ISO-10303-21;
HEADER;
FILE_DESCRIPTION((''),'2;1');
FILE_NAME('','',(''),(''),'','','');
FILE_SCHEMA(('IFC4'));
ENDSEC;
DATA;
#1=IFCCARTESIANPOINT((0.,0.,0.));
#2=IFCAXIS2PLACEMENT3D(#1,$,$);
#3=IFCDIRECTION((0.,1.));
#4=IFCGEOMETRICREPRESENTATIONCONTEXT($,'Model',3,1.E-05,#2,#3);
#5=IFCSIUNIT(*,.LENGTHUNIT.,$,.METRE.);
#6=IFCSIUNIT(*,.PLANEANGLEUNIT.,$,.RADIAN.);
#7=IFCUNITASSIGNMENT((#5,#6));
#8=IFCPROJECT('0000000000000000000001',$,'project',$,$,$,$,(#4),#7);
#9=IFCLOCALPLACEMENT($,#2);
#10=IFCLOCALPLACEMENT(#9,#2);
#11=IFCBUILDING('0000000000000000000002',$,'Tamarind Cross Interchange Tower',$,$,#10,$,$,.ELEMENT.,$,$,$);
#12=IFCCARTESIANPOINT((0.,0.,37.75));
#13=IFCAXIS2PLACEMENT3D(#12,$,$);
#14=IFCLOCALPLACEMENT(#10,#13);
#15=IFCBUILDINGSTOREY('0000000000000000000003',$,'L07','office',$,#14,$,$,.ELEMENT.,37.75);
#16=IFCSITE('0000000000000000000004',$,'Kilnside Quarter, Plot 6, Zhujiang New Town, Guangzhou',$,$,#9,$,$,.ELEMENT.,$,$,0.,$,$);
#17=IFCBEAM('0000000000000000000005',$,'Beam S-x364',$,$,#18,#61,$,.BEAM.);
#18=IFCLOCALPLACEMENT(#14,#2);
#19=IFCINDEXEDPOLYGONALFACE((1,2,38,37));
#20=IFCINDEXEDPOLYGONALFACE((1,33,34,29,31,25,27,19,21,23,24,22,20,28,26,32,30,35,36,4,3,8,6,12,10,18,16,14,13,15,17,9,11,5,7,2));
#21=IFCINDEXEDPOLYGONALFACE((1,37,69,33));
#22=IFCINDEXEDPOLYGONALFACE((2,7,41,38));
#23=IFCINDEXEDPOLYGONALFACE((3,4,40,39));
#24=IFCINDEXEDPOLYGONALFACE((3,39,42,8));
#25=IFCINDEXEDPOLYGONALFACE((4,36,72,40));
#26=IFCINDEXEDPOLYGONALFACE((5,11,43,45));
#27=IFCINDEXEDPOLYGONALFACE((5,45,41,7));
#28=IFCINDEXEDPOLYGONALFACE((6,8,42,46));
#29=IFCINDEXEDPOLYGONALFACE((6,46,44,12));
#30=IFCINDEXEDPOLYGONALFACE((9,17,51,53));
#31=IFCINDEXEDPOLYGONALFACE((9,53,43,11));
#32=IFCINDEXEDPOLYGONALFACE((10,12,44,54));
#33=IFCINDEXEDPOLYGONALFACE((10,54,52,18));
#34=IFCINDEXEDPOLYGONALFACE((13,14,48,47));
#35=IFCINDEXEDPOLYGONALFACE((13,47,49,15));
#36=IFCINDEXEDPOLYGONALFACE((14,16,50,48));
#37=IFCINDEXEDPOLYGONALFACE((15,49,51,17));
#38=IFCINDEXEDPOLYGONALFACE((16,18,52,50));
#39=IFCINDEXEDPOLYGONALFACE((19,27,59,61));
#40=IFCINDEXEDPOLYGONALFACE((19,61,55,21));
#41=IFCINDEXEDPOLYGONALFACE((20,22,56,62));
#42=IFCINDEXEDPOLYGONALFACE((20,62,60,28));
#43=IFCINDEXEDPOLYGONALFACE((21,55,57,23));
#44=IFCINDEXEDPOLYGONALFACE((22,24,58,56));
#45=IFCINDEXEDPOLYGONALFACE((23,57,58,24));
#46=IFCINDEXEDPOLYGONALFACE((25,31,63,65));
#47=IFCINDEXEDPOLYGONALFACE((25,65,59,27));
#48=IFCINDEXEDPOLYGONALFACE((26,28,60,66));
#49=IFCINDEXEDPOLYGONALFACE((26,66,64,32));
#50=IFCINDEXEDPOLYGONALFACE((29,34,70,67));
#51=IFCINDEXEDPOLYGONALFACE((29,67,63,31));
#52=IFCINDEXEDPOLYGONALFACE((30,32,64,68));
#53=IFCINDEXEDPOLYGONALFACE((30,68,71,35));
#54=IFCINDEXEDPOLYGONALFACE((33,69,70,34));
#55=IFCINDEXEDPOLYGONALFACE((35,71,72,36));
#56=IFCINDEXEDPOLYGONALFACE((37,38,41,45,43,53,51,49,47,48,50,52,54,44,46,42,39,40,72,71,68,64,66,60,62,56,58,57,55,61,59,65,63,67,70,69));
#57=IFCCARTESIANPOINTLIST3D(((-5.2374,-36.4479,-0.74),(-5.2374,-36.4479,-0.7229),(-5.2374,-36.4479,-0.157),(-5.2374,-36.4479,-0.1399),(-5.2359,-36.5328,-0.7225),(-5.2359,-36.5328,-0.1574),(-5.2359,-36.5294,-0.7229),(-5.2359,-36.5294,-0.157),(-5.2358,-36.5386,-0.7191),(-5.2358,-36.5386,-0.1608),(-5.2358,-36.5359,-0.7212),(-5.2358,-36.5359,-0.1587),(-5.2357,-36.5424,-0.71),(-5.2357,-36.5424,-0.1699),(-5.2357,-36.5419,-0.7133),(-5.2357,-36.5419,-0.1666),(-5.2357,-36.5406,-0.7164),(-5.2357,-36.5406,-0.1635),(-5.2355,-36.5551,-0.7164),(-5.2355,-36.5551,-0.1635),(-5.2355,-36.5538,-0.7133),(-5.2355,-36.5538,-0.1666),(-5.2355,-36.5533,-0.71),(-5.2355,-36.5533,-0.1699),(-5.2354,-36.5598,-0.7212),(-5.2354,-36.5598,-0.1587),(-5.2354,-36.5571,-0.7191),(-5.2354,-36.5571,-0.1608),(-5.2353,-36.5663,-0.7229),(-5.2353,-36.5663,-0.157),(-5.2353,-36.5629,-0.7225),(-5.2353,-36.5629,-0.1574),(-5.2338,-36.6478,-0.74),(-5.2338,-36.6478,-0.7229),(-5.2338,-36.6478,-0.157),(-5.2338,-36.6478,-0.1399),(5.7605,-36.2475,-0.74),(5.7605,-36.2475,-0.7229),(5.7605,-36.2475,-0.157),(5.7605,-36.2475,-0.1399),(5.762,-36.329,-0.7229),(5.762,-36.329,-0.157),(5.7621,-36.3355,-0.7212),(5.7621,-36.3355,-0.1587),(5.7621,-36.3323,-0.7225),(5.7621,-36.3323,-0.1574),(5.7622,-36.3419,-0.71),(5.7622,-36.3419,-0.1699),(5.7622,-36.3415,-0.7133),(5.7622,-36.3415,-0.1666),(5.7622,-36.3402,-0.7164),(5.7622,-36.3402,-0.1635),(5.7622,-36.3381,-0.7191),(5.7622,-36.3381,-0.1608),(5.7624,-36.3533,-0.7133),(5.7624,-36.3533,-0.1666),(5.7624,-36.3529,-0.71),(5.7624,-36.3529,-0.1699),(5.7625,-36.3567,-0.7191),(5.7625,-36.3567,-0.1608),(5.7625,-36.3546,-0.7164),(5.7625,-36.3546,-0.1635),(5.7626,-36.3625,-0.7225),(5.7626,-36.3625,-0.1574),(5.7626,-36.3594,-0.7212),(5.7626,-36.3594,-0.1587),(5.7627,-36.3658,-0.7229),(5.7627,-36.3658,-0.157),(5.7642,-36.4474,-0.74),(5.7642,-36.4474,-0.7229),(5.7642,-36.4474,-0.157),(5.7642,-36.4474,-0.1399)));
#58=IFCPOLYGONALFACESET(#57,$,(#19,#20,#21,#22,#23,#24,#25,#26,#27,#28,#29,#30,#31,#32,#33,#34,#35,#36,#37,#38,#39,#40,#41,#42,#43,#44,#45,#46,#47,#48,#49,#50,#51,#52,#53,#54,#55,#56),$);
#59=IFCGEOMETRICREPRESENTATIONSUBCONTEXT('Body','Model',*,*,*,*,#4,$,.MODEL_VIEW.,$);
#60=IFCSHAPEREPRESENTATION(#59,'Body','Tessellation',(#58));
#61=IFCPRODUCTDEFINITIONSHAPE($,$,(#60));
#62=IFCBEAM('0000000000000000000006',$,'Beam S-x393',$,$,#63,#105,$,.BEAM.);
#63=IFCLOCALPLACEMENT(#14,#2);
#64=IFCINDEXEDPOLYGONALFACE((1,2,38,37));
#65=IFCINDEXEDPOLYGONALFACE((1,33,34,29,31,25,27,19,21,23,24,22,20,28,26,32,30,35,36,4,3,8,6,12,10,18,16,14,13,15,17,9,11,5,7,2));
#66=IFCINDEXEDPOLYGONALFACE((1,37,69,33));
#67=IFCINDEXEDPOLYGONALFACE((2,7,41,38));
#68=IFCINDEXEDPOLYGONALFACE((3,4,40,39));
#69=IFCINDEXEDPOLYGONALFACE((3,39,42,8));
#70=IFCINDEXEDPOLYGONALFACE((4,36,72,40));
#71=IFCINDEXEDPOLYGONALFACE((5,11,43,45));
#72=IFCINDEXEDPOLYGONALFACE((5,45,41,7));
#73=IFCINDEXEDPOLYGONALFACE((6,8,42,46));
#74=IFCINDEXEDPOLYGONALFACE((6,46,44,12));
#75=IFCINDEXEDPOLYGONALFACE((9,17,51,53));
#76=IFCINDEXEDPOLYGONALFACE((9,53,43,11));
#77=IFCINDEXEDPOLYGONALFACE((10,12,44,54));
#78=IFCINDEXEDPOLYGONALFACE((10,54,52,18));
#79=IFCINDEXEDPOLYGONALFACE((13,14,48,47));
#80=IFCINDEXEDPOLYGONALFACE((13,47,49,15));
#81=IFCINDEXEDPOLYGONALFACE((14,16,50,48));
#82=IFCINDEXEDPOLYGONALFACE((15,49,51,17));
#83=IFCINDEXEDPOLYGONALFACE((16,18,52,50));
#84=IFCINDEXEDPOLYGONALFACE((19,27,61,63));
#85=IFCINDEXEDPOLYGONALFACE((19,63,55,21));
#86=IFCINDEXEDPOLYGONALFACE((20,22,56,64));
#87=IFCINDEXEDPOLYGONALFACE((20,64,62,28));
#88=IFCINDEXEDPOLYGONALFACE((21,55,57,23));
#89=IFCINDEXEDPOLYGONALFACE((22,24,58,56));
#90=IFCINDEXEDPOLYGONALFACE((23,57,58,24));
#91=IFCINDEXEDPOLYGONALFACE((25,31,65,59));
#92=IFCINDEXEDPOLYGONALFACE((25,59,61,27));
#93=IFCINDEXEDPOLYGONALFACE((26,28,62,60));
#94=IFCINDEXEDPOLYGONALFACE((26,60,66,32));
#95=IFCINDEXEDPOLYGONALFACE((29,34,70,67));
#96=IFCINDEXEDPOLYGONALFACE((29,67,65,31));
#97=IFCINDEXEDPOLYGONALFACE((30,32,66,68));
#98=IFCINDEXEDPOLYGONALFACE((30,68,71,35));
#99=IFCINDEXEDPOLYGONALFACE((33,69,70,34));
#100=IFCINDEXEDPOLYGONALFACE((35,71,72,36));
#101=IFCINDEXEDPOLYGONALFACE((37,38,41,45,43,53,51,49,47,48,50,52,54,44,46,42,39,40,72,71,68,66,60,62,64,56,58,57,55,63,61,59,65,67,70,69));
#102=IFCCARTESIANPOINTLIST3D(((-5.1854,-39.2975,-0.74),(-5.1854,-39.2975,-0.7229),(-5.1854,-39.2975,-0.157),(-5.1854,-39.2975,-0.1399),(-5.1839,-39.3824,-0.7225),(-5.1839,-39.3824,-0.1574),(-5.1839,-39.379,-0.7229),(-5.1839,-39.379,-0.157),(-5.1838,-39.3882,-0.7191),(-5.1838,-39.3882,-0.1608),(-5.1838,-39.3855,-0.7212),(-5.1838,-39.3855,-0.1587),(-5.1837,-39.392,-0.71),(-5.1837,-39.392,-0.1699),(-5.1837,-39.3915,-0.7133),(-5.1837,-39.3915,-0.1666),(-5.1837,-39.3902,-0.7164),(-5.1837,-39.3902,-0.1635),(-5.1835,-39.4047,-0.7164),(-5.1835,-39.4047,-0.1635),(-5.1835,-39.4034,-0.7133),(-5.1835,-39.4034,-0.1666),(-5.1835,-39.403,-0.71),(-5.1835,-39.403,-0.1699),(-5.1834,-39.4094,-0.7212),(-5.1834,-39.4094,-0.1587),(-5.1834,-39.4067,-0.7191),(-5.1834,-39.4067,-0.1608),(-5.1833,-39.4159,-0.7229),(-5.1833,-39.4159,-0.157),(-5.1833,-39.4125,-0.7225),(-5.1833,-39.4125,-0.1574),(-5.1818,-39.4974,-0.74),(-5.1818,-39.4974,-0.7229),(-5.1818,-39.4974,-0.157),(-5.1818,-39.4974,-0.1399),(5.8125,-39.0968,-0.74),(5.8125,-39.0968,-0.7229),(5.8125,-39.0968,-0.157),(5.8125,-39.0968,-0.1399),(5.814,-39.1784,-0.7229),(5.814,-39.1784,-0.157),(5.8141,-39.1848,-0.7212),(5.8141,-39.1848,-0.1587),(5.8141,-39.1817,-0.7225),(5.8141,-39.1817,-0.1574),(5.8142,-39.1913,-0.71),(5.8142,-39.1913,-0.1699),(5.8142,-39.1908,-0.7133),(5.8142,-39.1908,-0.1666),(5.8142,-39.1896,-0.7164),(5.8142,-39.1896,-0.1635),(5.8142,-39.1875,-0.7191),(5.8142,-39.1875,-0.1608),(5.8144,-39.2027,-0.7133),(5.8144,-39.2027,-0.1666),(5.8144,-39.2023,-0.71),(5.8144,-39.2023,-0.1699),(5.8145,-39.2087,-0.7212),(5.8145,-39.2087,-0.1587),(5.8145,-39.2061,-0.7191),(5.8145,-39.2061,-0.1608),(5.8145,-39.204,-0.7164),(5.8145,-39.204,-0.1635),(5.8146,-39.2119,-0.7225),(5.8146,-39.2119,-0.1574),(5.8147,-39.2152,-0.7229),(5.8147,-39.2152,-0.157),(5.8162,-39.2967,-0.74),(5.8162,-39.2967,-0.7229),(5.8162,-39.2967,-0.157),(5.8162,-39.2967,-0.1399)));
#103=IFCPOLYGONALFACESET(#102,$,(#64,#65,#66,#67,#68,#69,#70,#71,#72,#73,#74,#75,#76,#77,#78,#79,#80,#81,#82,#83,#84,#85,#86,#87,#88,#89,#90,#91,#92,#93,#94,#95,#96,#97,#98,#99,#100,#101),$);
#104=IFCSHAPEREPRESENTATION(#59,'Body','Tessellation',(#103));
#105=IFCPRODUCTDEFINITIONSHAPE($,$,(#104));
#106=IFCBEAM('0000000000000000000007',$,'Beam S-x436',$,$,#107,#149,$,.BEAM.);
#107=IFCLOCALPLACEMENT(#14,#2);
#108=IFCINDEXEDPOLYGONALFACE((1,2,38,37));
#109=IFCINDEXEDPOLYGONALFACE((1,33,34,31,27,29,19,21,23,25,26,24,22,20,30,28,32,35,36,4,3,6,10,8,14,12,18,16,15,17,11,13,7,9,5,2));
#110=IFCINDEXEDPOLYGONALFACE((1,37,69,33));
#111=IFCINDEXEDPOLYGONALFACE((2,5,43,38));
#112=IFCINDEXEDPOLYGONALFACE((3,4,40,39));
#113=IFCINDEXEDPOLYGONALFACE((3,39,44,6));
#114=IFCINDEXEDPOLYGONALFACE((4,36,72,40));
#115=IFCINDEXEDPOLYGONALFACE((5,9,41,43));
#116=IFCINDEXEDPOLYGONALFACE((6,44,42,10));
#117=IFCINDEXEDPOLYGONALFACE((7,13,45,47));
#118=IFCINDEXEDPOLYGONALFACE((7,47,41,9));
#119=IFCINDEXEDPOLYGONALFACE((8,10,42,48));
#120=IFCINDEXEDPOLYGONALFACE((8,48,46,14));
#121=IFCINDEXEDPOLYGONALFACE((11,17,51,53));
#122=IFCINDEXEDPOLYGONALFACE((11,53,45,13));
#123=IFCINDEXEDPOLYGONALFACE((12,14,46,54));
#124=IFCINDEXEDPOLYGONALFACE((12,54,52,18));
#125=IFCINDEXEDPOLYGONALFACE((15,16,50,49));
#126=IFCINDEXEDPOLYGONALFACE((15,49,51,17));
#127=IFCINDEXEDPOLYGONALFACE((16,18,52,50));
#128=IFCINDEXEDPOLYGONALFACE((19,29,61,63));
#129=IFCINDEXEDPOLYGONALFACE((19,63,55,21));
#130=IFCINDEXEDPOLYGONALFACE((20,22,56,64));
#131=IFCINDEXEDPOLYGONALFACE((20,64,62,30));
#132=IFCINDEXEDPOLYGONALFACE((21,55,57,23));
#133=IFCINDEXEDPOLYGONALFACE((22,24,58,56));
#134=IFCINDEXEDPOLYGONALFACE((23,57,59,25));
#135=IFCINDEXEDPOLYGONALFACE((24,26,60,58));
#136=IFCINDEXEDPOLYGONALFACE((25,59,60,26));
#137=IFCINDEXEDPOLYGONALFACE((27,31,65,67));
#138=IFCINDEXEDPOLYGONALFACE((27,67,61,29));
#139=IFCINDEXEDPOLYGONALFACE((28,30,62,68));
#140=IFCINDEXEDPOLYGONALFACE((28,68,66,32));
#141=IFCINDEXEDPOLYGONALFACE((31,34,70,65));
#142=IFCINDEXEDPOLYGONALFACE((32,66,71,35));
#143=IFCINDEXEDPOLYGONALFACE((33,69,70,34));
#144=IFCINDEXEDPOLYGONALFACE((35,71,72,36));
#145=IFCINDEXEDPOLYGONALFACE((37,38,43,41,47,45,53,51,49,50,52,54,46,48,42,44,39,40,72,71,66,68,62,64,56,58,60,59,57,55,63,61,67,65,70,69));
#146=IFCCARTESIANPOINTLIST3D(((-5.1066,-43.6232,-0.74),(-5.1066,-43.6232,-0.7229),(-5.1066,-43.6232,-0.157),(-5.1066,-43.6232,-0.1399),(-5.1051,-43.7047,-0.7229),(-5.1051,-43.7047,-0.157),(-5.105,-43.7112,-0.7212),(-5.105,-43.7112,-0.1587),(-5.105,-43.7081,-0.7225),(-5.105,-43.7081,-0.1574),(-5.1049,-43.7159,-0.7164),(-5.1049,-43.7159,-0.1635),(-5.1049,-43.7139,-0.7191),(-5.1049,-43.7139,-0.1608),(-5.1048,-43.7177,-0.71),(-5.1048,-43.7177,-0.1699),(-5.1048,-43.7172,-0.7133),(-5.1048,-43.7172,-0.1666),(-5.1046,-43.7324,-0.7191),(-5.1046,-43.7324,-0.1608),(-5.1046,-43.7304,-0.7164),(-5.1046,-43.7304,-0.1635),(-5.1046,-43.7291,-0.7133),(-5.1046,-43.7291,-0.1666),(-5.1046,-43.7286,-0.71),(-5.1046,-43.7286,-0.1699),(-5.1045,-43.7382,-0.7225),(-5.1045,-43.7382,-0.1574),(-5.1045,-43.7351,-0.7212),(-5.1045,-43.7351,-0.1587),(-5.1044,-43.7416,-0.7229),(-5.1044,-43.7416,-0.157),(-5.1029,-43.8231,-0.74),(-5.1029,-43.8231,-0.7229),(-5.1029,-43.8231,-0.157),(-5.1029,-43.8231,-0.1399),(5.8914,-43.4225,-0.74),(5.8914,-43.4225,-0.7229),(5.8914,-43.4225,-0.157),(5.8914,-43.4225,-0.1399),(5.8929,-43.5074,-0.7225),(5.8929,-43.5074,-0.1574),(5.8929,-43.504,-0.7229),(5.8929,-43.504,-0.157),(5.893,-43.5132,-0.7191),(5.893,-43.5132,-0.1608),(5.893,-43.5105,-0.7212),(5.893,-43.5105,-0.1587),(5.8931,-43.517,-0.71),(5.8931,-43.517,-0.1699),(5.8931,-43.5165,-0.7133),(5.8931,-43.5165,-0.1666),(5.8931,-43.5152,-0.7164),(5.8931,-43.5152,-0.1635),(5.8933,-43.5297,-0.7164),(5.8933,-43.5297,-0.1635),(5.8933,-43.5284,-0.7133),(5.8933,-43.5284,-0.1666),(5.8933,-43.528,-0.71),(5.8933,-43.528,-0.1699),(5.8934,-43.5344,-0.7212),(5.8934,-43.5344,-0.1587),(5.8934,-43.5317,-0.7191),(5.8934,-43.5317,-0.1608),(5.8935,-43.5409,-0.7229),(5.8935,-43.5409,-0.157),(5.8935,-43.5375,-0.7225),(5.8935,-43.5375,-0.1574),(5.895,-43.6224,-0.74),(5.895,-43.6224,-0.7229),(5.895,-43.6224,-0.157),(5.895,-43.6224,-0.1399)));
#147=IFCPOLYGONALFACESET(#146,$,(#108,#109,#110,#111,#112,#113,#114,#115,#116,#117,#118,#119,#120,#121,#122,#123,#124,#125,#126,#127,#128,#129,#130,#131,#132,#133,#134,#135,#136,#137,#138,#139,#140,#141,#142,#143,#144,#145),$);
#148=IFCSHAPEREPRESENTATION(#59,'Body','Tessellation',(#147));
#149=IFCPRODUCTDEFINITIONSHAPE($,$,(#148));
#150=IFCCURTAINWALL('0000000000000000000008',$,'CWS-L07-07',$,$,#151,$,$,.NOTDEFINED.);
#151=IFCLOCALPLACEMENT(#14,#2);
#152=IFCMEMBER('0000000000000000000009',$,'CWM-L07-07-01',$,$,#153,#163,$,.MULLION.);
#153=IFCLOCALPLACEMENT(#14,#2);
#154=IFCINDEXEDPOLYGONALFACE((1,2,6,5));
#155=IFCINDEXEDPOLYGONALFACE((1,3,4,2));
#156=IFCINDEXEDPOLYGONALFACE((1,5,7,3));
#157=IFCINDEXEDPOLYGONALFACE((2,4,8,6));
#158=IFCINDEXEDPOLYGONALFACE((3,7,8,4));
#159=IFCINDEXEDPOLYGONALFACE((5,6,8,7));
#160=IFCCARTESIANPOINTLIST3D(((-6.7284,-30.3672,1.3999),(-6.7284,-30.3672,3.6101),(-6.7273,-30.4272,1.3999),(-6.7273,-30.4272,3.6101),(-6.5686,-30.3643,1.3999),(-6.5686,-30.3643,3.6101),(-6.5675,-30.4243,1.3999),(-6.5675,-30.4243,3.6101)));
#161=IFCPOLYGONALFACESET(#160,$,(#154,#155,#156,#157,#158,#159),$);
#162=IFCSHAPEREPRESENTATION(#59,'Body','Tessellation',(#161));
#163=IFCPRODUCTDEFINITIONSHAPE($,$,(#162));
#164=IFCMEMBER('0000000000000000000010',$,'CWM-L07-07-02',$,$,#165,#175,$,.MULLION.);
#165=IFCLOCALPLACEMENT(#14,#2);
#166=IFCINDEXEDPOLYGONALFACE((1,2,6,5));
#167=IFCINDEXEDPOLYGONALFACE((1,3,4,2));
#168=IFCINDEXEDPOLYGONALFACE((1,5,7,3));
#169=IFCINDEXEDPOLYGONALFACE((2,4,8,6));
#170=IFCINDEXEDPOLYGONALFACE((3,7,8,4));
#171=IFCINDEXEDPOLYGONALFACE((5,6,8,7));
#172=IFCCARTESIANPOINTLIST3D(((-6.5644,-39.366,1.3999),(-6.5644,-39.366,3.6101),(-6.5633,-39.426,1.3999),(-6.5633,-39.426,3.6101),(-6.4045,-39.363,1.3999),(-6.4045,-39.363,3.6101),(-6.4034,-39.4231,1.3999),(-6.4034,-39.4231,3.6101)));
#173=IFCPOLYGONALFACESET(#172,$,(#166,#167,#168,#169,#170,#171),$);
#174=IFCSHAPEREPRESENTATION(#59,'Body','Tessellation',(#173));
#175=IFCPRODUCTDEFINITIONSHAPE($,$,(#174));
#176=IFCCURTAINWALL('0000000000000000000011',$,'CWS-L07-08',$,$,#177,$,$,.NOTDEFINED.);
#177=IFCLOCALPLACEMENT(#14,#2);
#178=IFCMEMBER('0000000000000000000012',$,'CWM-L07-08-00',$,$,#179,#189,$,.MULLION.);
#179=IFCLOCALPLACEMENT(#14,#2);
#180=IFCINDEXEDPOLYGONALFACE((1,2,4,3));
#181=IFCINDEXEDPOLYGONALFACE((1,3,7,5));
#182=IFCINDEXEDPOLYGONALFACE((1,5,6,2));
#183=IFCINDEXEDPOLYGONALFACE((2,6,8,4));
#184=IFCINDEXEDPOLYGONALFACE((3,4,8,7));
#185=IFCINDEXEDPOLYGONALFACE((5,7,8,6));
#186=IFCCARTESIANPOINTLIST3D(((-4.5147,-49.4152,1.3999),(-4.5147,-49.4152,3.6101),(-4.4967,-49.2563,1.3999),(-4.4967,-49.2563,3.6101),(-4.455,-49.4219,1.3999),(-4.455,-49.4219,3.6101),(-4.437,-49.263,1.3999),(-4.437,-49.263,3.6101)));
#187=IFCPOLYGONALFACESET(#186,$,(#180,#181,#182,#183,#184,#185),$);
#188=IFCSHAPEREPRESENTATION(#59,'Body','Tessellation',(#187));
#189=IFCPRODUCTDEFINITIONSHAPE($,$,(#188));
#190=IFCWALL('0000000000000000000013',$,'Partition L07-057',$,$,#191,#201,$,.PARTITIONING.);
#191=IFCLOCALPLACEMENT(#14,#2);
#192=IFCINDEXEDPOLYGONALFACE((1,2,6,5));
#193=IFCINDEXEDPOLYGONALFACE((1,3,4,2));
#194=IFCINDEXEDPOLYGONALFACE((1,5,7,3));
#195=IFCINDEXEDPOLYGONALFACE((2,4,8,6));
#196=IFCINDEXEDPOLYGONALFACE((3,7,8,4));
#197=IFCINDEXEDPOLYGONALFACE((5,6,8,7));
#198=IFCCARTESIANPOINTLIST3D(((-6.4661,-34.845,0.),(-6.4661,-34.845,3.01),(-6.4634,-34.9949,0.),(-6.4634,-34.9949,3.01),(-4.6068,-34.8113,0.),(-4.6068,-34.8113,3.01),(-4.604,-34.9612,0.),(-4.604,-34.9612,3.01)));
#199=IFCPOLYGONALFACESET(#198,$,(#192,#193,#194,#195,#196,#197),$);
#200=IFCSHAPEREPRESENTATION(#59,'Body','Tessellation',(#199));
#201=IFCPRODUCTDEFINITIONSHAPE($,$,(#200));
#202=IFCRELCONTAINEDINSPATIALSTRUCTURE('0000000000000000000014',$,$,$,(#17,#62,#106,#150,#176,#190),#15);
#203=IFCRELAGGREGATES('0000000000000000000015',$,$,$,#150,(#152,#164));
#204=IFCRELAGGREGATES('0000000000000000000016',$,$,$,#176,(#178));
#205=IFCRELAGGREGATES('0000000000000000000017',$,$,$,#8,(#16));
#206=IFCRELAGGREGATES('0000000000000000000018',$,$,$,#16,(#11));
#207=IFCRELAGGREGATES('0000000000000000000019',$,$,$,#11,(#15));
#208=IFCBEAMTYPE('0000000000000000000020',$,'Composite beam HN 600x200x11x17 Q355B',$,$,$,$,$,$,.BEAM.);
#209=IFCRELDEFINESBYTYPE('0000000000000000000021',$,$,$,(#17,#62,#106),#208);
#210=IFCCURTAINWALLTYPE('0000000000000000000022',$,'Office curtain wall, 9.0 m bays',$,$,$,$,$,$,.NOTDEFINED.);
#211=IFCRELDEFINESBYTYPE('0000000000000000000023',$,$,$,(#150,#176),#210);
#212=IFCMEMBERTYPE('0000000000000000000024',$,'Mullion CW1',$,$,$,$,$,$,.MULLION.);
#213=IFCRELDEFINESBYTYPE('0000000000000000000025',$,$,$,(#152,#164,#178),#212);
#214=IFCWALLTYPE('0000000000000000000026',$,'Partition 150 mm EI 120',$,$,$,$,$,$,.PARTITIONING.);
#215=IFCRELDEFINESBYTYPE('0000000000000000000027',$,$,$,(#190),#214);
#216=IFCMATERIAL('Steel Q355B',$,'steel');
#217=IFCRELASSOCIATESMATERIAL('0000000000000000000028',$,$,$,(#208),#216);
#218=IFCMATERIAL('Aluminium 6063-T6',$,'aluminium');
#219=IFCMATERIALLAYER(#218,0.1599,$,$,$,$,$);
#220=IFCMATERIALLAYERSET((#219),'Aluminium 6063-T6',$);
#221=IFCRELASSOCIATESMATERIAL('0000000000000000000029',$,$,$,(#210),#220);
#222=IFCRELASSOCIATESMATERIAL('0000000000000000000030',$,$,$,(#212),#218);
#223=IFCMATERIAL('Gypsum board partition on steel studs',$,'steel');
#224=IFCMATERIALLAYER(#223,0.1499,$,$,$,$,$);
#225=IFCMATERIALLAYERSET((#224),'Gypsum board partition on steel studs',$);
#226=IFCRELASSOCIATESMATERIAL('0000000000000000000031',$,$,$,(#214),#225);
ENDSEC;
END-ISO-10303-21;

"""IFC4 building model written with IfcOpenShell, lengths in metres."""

from ifc_helpers import new_model, si_unit, direction, frame, frame_2d, origin, origin_2d, place, context, subcontext, project, spatial, rectangle, i_section, extrude, material, layer, layer_set, material_profile, profile_set, type_object, element, aggregate, save


model = new_model("IFC4")

# Units and contexts
model_context = context("Model", 3, precision=1e-05, world=origin(), true_north=direction((0.0, 1.0)))
body_context = subcontext(model_context, "Body", "Model", "MODEL_VIEW")
ifc_project = project(units=[si_unit("LENGTHUNIT", "METRE"), si_unit("PLANEANGLEUNIT", "RADIAN")], contexts=[model_context])

# Site, building, storey
site_placement = place(None, origin())
site = spatial("IfcSite", under=ifc_project, at=site_placement, Name="Kilnside Quarter, Plot 6, Zhujiang New Town, Guangzhou", CompositionType="ELEMENT", RefElevation=0.0)
building_placement = place(site_placement, origin())
building = spatial("IfcBuilding", under=site, at=building_placement, Name="Tamarind Cross Interchange Tower", CompositionType="ELEMENT")
storey_placement = place(building_placement, frame((0.0, 0.0, 37.75)))
storey = spatial("IfcBuildingStorey", under=building, at=storey_placement, Name="L07", Description="office", CompositionType="ELEMENT", Elevation=37.75)

# Beams
ifc_material_1 = material(Name="Steel Q355B", Category="steel")
ifc_material_profile_1 = material_profile(ifc_material_1, i_section(OverallWidth=0.2, OverallDepth=0.6001, WebThickness=0.011, FlangeThickness=0.0171, FilletRadius=0.0129, at=origin_2d()), Name="HN 600x200x11x17")
ifc_profile_set_1 = profile_set([ifc_material_profile_1], Name="Steel Q355B")
beam_type_1 = type_object("IfcBeamType", Name="Composite beam HN 600x200x11x17 Q355B", PredefinedType="BEAM", material=ifc_profile_set_1)
for number, where, z_axis, x_axis, name in (
    (1, (-5.2356, -36.5479, -0.4399), (0.999834, 0.018222, 0.0), (-0.018222, 0.999834, 0.0), "Beam S-x364"),
    (2, (-5.1836, -39.3975, -0.4399), (0.999834, 0.018244, 0.0), (-0.018244, 0.999834, 0.0), "Beam S-x393"),
    (3, (-5.1047, -43.7231, -0.4399), (0.999834, 0.018244, 0.0), (-0.018244, 0.999834, 0.0), "Beam S-x436"),
):
    element("IfcBeam", number, at=place(storey_placement, frame(where, z_axis=z_axis, x_axis=x_axis)), inside=storey, type_object=beam_type_1, Name=name, PredefinedType="BEAM", context=body_context, shape_type="SweptSolid", body=[
        extrude(i_section(OverallWidth=0.2, OverallDepth=0.6001, WebThickness=0.011, FlangeThickness=0.0171, FilletRadius=0.0129, at=origin_2d()), origin(), (0.0, 0.0, 1.0), 10.9998),
    ])

# Curtain wall, members
ifc_material_2 = material(Name="Aluminium 6063-T6", Category="aluminium")
ifc_layer_1 = layer(ifc_material_2, 0.1599)
ifc_layer_set_1 = layer_set([ifc_layer_1], Name="Aluminium 6063-T6")
curtain_wall_type = type_object("IfcCurtainWallType", Name="Office curtain wall, 9.0 m bays", PredefinedType="NOTDEFINED", material=ifc_layer_set_1)
curtain_wall_1_placement = place(storey_placement, origin())
curtain_wall_1 = element("IfcCurtainWall", 4, at=curtain_wall_1_placement, inside=storey, type_object=curtain_wall_type, Name="CWS-L07-07", PredefinedType="NOTDEFINED")
ifc_material_profile_2 = material_profile(ifc_material_2, rectangle(XDim=0.0601, YDim=0.1599, at=origin_2d()), Name="Mullion CW1")
ifc_profile_set_2 = profile_set([ifc_material_profile_2], Name="Aluminium 6063-T6")
member_type = type_object("IfcMemberType", Name="Mullion CW1", PredefinedType="MULLION", material=ifc_profile_set_2)
member_1_placement = place(storey_placement, frame((-6.6479, -30.3958, 1.3999), z_axis=(0.0, 0.0, 1.0), x_axis=(0.018234, -0.999834, 0.0)))
member_1 = element("IfcMember", 5, at=member_1_placement, type_object=member_type, Name="CWM-L07-07-01", PredefinedType="MULLION", context=body_context, shape_type="SweptSolid", body=[
    extrude(rectangle(XDim=0.0601, YDim=0.1599, at=origin_2d()), origin(), (0.0, 0.0, 1.0), 2.2102),
])
member_2_placement = place(storey_placement, frame((-6.4839, -39.3945, 1.3999), z_axis=(0.0, 0.0, 1.0), x_axis=(0.018234, -0.999834, 0.0)))
member_2 = element("IfcMember", 6, at=member_2_placement, type_object=member_type, Name="CWM-L07-07-02", PredefinedType="MULLION", context=body_context, shape_type="SweptSolid", body=[
    extrude(rectangle(XDim=0.0601, YDim=0.1599, at=origin_2d()), origin(), (0.0, 0.0, 1.0), 2.2102),
])
aggregate(curtain_wall_1, [member_1, member_2])

# Curtain wall, member
curtain_wall_2_placement = place(storey_placement, origin())
curtain_wall_2 = element("IfcCurtainWall", 7, at=curtain_wall_2_placement, inside=storey, type_object=curtain_wall_type, Name="CWS-L07-08", PredefinedType="NOTDEFINED")
member_3_placement = place(storey_placement, frame((-4.4758, -49.3391, 1.3999), z_axis=(0.0, 0.0, 1.0), x_axis=(0.99366, -0.112426, 0.0)))
member_3 = element("IfcMember", 8, at=member_3_placement, type_object=member_type, Name="CWM-L07-08-00", PredefinedType="MULLION", context=body_context, shape_type="SweptSolid", body=[
    extrude(rectangle(XDim=0.0601, YDim=0.1599, at=origin_2d()), origin(), (0.0, 0.0, 1.0), 2.2102),
])
aggregate(curtain_wall_2, [member_3])

# Wall
ifc_material_3 = material(Name="Gypsum board partition on steel studs", Category="steel")
ifc_layer_2 = layer(ifc_material_3, 0.1499)
ifc_layer_set_2 = layer_set([ifc_layer_2], Name="Gypsum board partition on steel studs")
wall_type_1 = type_object("IfcWallType", Name="Partition 150 mm EI 120", PredefinedType="PARTITIONING", material=ifc_layer_set_2)
wall_1_placement = place(storey_placement, frame((-6.4646, -34.9199, 0.0), z_axis=(0.0, 0.0, 1.0), x_axis=(0.999836, 0.018117, 0.0)))
element("IfcWall", 9, at=wall_1_placement, inside=storey, type_object=wall_type_1, Name="Partition L07-057", PredefinedType="PARTITIONING", context=body_context, shape_type="SweptSolid", body=[
    extrude(rectangle(XDim=1.8596, YDim=0.1499, at=frame_2d((0.9297, 0.0))), origin(), (0.0, 0.0, 1.0), 3.01),
])

save(model, "model.ifc")
